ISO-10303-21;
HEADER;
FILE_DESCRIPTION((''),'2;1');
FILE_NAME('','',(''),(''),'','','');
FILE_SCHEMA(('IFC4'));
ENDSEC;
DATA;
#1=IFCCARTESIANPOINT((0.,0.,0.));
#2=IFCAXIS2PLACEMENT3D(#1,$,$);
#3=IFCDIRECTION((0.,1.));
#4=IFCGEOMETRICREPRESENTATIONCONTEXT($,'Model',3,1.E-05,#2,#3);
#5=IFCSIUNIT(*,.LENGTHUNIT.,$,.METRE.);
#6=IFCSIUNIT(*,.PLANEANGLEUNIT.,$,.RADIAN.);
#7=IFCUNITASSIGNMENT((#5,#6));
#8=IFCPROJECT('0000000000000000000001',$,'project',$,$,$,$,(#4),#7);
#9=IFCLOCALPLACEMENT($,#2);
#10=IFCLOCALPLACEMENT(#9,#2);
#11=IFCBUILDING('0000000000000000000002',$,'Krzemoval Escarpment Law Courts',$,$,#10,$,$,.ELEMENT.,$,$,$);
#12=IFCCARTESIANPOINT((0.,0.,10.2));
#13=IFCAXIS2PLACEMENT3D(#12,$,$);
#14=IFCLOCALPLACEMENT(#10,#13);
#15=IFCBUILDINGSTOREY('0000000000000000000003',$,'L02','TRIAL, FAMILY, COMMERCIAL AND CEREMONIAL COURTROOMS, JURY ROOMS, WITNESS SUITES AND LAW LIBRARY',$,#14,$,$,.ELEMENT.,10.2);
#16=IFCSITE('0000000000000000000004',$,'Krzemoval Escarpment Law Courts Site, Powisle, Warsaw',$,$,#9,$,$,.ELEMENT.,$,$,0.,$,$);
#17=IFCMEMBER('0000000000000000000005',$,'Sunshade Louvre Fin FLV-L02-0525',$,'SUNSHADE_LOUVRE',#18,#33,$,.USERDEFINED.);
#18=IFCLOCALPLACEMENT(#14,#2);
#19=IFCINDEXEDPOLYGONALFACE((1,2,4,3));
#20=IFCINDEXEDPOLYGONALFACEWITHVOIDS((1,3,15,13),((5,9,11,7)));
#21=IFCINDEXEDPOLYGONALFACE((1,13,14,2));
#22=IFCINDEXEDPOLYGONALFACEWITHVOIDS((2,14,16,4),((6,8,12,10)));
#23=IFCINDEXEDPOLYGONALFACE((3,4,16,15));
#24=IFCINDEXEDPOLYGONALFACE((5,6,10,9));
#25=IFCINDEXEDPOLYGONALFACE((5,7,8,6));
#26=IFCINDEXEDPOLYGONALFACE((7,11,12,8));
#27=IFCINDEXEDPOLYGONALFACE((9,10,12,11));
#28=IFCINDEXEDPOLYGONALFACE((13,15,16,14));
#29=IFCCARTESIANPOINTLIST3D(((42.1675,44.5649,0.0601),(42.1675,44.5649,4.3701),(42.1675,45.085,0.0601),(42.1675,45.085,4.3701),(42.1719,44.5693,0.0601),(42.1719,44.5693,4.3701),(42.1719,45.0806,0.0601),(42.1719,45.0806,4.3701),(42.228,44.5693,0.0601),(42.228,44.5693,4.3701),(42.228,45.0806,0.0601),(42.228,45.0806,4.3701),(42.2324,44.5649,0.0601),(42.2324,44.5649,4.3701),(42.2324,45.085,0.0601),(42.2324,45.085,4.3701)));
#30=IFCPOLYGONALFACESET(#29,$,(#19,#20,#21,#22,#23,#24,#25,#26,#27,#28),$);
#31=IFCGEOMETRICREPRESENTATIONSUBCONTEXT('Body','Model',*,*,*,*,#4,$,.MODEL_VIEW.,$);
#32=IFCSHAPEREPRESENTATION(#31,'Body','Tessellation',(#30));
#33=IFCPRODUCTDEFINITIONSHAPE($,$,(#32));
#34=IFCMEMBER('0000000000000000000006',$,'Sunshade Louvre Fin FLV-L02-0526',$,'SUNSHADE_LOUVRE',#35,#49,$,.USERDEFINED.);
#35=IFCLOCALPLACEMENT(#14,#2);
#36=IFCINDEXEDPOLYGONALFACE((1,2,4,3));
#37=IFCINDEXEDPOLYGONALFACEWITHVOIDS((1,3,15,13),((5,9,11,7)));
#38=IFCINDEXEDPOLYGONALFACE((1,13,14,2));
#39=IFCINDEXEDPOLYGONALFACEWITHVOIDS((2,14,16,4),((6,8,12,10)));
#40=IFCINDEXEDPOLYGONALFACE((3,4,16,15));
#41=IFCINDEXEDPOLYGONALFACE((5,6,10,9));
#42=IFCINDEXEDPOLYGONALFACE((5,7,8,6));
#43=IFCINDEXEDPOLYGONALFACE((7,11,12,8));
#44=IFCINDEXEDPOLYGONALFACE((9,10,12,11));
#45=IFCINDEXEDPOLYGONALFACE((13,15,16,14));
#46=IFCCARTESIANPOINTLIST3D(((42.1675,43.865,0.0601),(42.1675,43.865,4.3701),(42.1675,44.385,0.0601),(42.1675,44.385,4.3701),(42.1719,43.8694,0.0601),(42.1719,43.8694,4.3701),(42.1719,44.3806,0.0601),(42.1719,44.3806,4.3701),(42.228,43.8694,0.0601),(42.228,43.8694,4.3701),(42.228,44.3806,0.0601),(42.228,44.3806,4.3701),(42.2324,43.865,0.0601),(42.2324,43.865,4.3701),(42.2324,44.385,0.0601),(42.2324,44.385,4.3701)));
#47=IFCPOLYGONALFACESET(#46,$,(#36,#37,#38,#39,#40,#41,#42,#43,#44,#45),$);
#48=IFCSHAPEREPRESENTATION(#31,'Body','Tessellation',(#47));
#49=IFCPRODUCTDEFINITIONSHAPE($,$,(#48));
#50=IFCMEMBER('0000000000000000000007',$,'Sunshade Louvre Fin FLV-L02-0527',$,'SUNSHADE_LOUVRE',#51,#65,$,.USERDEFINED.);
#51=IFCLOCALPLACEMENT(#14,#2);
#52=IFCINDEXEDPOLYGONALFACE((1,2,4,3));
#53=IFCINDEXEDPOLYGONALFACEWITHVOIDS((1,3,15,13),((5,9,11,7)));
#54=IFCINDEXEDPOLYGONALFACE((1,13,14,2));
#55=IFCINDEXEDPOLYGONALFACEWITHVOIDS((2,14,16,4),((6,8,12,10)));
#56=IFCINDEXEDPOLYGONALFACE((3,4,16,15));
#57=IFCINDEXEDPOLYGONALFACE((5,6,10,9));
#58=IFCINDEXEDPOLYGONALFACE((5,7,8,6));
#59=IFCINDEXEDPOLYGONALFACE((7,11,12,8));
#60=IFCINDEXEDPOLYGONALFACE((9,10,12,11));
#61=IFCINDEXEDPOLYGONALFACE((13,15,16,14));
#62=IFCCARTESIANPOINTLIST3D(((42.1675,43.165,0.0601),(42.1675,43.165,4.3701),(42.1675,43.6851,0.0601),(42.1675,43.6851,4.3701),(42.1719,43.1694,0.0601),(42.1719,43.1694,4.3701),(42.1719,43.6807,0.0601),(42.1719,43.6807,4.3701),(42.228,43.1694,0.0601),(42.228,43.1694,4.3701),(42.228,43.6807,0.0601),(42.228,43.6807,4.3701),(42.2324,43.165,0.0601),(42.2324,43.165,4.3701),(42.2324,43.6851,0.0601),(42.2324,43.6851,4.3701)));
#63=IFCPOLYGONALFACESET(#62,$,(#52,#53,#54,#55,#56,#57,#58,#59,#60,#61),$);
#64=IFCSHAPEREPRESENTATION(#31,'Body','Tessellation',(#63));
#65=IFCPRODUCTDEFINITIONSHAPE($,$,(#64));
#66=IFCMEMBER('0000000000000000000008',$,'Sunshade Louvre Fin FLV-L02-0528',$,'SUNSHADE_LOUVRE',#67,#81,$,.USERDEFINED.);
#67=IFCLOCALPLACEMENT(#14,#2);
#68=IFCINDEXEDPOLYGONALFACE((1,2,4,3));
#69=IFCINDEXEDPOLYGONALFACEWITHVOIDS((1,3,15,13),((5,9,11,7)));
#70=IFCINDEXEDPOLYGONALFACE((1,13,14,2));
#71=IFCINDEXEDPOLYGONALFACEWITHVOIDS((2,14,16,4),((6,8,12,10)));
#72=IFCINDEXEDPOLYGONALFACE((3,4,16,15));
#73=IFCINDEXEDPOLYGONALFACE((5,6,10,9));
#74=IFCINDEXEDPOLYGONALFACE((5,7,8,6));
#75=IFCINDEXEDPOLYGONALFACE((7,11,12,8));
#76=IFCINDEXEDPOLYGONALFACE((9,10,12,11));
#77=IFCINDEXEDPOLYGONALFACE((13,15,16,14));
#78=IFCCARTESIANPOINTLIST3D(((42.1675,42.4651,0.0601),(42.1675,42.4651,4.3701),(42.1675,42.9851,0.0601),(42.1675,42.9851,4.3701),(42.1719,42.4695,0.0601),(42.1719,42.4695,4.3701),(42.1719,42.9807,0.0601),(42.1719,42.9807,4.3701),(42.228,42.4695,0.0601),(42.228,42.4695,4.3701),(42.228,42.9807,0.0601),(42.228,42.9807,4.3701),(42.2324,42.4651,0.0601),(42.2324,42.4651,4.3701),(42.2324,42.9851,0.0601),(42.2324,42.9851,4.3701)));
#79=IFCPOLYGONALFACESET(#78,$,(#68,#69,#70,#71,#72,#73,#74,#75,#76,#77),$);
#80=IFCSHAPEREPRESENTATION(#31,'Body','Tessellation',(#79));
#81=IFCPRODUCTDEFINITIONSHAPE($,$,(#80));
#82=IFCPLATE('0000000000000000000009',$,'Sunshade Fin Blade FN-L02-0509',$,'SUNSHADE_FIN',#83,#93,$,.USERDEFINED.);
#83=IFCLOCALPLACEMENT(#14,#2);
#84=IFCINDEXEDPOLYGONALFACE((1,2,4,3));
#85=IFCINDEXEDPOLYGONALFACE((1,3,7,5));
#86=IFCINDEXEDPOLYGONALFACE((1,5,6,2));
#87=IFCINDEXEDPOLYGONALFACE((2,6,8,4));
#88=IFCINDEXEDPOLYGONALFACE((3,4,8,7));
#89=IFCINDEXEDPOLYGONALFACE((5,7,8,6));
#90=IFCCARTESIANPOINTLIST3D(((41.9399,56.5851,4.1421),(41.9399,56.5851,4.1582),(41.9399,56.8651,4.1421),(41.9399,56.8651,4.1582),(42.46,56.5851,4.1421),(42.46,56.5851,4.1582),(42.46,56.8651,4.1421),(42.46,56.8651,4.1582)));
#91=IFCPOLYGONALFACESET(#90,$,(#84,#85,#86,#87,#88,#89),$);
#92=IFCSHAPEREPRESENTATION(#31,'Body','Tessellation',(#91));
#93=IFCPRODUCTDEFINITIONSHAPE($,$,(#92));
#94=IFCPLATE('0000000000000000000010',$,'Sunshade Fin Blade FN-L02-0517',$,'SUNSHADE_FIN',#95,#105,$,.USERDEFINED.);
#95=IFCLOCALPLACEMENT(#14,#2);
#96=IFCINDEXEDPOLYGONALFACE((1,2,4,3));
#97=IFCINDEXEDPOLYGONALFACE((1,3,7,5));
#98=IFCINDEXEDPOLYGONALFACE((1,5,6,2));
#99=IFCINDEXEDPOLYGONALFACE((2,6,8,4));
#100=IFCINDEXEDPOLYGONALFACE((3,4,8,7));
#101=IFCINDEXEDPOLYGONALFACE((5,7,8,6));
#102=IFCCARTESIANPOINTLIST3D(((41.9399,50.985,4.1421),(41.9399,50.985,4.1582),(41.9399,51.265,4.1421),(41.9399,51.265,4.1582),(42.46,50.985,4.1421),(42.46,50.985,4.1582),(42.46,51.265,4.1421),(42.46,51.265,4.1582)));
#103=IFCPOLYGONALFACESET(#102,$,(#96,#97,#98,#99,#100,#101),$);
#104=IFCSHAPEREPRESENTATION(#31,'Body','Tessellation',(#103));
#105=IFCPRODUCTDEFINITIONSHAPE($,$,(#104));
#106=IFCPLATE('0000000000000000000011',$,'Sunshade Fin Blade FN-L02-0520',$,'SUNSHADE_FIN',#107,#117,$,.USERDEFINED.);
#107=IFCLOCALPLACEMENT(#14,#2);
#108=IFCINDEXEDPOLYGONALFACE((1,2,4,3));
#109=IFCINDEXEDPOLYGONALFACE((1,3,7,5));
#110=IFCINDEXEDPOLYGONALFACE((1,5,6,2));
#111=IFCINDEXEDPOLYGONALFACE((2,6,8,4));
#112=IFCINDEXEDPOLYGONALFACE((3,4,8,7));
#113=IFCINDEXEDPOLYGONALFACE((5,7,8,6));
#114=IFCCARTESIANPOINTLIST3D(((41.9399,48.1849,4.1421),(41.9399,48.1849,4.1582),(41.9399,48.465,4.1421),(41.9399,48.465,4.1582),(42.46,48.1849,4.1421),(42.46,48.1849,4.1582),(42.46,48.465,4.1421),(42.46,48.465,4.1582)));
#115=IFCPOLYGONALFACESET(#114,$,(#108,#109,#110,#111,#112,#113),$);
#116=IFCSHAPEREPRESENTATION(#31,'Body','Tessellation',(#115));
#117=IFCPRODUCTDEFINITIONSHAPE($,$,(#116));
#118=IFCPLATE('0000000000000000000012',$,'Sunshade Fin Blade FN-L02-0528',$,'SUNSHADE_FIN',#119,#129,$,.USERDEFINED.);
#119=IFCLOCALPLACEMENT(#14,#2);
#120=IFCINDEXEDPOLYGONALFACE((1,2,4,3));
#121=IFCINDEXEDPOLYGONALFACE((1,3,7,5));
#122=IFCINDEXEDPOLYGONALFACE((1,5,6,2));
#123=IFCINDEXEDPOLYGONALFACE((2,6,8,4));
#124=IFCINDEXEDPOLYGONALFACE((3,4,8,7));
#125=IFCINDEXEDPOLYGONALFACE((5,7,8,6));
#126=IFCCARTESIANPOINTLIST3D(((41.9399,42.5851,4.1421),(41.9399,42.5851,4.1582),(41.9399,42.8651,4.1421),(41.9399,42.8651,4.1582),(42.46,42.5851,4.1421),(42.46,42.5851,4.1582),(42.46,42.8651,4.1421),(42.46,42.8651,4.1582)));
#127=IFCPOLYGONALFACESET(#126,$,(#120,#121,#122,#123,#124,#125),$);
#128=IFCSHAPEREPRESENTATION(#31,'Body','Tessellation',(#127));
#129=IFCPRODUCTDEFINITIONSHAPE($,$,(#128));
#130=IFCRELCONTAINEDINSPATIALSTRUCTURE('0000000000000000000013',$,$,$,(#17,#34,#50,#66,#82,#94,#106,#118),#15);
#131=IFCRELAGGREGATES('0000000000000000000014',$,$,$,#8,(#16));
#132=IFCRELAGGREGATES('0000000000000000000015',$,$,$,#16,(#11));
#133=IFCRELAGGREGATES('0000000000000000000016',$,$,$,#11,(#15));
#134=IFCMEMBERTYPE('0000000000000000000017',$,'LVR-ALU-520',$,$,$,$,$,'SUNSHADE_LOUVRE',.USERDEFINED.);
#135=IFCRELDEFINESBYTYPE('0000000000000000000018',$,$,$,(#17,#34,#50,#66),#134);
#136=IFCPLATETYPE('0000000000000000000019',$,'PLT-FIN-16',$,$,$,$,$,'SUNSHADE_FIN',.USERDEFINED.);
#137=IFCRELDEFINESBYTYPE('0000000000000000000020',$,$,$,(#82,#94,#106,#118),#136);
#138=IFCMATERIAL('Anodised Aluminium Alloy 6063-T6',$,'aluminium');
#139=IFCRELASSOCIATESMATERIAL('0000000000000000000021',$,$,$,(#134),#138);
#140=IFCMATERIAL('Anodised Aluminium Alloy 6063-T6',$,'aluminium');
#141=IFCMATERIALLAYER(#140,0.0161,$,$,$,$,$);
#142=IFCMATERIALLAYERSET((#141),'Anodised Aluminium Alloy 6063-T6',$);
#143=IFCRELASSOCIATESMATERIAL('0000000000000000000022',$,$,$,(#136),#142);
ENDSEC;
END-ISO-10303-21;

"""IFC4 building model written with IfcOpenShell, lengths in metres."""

from ifc_helpers import new_model, si_unit, direction, frame, origin, origin_2d, place, context, subcontext, project, spatial, rectangle, hollow_rectangle, extrude, material, layer, layer_set, material_profile, profile_set, type_object, element, save


model = new_model("IFC4")

# Units and contexts
model_context = context("Model", 3, precision=1e-05, world=origin(), true_north=direction((0.0, 1.0)))
body_context = subcontext(model_context, "Body", "Model", "MODEL_VIEW")
ifc_project = project(units=[si_unit("LENGTHUNIT", "METRE"), si_unit("PLANEANGLEUNIT", "RADIAN")], contexts=[model_context])

# Site, building, storey
site_placement = place(None, origin())
site = spatial("IfcSite", under=ifc_project, at=site_placement, Name="Krzemoval Escarpment Law Courts Site, Powisle, Warsaw", CompositionType="ELEMENT", RefElevation=0.0)
building_placement = place(site_placement, origin())
building = spatial("IfcBuilding", under=site, at=building_placement, Name="Krzemoval Escarpment Law Courts", CompositionType="ELEMENT")
storey_placement = place(building_placement, frame((0.0, 0.0, 10.2)))
storey = spatial("IfcBuildingStorey", under=building, at=storey_placement, Name="L02", Description="TRIAL, FAMILY, COMMERCIAL AND CEREMONIAL COURTROOMS, JURY ROOMS, WITNESS SUITES AND LAW LIBRARY", CompositionType="ELEMENT", Elevation=10.2)

# Members
ifc_material_1 = material(Name="Anodised Aluminium Alloy 6063-T6", Category="aluminium")
ifc_material_profile = material_profile(ifc_material_1, hollow_rectangle(XDim=0.0649, YDim=0.52, WallThickness=0.0044, at=origin_2d()), Name="ALU LVR 65x520")
ifc_profile_set = profile_set([ifc_material_profile], Name="Anodised Aluminium Alloy 6063-T6")
member_type = type_object("IfcMemberType", Name="LVR-ALU-520", ElementType="SUNSHADE_LOUVRE", PredefinedType="USERDEFINED", material=ifc_profile_set)
for number, where, z_axis, x_axis, name in (
    (1, (42.2, 44.825, 0.0601), (0.0, 0.0, 1.0), (1.0, 0.0, 0.0), "Sunshade Louvre Fin FLV-L02-0525"),
    (2, (42.2, 44.125, 0.0601), (0.0, 0.0, 1.0), (1.0, 0.0, 0.0), "Sunshade Louvre Fin FLV-L02-0526"),
    (3, (42.2, 43.425, 0.0601), (0.0, 0.0, 1.0), (1.0, 0.0, 0.0), "Sunshade Louvre Fin FLV-L02-0527"),
    (4, (42.2, 42.7251, 0.0601), (0.0, 0.0, 1.0), (1.0, 0.0, 0.0), "Sunshade Louvre Fin FLV-L02-0528"),
):
    element("IfcMember", number, at=place(storey_placement, frame(where, z_axis=z_axis, x_axis=x_axis)), inside=storey, type_object=member_type, Name=name, ObjectType="SUNSHADE_LOUVRE", PredefinedType="USERDEFINED", context=body_context, shape_type="SweptSolid", body=[
        extrude(hollow_rectangle(XDim=0.0649, YDim=0.52, WallThickness=0.0044, at=origin_2d()), origin(), (0.0, 0.0, 1.0), 4.3101),
    ])

# Plates
ifc_material_2 = material(Name="Anodised Aluminium Alloy 6063-T6", Category="aluminium")
ifc_layer = layer(ifc_material_2, 0.0161)
ifc_layer_set = layer_set([ifc_layer], Name="Anodised Aluminium Alloy 6063-T6")
plate_type = type_object("IfcPlateType", Name="PLT-FIN-16", ElementType="SUNSHADE_FIN", PredefinedType="USERDEFINED", material=ifc_layer_set)
for number, where, z_axis, x_axis, name in (
    (5, (42.2, 56.7251, 4.1421), (0.0, 0.0, 1.0), (1.0, 0.0, 0.0), "Sunshade Fin Blade FN-L02-0509"),
    (6, (42.2, 51.125, 4.1421), (0.0, 0.0, 1.0), (1.0, 0.0, 0.0), "Sunshade Fin Blade FN-L02-0517"),
    (7, (42.2, 48.325, 4.1421), (0.0, 0.0, 1.0), (1.0, 0.0, 0.0), "Sunshade Fin Blade FN-L02-0520"),
    (8, (42.2, 42.7251, 4.1421), (0.0, 0.0, 1.0), (1.0, 0.0, 0.0), "Sunshade Fin Blade FN-L02-0528"),
):
    element("IfcPlate", number, at=place(storey_placement, frame(where, z_axis=z_axis, x_axis=x_axis)), inside=storey, type_object=plate_type, Name=name, ObjectType="SUNSHADE_FIN", PredefinedType="USERDEFINED", context=body_context, shape_type="SweptSolid", body=[
        extrude(rectangle(XDim=0.52, YDim=0.28, at=origin_2d()), origin(), (0.0, 0.0, 1.0), 0.0161),
    ])

save(model, "model.ifc")
